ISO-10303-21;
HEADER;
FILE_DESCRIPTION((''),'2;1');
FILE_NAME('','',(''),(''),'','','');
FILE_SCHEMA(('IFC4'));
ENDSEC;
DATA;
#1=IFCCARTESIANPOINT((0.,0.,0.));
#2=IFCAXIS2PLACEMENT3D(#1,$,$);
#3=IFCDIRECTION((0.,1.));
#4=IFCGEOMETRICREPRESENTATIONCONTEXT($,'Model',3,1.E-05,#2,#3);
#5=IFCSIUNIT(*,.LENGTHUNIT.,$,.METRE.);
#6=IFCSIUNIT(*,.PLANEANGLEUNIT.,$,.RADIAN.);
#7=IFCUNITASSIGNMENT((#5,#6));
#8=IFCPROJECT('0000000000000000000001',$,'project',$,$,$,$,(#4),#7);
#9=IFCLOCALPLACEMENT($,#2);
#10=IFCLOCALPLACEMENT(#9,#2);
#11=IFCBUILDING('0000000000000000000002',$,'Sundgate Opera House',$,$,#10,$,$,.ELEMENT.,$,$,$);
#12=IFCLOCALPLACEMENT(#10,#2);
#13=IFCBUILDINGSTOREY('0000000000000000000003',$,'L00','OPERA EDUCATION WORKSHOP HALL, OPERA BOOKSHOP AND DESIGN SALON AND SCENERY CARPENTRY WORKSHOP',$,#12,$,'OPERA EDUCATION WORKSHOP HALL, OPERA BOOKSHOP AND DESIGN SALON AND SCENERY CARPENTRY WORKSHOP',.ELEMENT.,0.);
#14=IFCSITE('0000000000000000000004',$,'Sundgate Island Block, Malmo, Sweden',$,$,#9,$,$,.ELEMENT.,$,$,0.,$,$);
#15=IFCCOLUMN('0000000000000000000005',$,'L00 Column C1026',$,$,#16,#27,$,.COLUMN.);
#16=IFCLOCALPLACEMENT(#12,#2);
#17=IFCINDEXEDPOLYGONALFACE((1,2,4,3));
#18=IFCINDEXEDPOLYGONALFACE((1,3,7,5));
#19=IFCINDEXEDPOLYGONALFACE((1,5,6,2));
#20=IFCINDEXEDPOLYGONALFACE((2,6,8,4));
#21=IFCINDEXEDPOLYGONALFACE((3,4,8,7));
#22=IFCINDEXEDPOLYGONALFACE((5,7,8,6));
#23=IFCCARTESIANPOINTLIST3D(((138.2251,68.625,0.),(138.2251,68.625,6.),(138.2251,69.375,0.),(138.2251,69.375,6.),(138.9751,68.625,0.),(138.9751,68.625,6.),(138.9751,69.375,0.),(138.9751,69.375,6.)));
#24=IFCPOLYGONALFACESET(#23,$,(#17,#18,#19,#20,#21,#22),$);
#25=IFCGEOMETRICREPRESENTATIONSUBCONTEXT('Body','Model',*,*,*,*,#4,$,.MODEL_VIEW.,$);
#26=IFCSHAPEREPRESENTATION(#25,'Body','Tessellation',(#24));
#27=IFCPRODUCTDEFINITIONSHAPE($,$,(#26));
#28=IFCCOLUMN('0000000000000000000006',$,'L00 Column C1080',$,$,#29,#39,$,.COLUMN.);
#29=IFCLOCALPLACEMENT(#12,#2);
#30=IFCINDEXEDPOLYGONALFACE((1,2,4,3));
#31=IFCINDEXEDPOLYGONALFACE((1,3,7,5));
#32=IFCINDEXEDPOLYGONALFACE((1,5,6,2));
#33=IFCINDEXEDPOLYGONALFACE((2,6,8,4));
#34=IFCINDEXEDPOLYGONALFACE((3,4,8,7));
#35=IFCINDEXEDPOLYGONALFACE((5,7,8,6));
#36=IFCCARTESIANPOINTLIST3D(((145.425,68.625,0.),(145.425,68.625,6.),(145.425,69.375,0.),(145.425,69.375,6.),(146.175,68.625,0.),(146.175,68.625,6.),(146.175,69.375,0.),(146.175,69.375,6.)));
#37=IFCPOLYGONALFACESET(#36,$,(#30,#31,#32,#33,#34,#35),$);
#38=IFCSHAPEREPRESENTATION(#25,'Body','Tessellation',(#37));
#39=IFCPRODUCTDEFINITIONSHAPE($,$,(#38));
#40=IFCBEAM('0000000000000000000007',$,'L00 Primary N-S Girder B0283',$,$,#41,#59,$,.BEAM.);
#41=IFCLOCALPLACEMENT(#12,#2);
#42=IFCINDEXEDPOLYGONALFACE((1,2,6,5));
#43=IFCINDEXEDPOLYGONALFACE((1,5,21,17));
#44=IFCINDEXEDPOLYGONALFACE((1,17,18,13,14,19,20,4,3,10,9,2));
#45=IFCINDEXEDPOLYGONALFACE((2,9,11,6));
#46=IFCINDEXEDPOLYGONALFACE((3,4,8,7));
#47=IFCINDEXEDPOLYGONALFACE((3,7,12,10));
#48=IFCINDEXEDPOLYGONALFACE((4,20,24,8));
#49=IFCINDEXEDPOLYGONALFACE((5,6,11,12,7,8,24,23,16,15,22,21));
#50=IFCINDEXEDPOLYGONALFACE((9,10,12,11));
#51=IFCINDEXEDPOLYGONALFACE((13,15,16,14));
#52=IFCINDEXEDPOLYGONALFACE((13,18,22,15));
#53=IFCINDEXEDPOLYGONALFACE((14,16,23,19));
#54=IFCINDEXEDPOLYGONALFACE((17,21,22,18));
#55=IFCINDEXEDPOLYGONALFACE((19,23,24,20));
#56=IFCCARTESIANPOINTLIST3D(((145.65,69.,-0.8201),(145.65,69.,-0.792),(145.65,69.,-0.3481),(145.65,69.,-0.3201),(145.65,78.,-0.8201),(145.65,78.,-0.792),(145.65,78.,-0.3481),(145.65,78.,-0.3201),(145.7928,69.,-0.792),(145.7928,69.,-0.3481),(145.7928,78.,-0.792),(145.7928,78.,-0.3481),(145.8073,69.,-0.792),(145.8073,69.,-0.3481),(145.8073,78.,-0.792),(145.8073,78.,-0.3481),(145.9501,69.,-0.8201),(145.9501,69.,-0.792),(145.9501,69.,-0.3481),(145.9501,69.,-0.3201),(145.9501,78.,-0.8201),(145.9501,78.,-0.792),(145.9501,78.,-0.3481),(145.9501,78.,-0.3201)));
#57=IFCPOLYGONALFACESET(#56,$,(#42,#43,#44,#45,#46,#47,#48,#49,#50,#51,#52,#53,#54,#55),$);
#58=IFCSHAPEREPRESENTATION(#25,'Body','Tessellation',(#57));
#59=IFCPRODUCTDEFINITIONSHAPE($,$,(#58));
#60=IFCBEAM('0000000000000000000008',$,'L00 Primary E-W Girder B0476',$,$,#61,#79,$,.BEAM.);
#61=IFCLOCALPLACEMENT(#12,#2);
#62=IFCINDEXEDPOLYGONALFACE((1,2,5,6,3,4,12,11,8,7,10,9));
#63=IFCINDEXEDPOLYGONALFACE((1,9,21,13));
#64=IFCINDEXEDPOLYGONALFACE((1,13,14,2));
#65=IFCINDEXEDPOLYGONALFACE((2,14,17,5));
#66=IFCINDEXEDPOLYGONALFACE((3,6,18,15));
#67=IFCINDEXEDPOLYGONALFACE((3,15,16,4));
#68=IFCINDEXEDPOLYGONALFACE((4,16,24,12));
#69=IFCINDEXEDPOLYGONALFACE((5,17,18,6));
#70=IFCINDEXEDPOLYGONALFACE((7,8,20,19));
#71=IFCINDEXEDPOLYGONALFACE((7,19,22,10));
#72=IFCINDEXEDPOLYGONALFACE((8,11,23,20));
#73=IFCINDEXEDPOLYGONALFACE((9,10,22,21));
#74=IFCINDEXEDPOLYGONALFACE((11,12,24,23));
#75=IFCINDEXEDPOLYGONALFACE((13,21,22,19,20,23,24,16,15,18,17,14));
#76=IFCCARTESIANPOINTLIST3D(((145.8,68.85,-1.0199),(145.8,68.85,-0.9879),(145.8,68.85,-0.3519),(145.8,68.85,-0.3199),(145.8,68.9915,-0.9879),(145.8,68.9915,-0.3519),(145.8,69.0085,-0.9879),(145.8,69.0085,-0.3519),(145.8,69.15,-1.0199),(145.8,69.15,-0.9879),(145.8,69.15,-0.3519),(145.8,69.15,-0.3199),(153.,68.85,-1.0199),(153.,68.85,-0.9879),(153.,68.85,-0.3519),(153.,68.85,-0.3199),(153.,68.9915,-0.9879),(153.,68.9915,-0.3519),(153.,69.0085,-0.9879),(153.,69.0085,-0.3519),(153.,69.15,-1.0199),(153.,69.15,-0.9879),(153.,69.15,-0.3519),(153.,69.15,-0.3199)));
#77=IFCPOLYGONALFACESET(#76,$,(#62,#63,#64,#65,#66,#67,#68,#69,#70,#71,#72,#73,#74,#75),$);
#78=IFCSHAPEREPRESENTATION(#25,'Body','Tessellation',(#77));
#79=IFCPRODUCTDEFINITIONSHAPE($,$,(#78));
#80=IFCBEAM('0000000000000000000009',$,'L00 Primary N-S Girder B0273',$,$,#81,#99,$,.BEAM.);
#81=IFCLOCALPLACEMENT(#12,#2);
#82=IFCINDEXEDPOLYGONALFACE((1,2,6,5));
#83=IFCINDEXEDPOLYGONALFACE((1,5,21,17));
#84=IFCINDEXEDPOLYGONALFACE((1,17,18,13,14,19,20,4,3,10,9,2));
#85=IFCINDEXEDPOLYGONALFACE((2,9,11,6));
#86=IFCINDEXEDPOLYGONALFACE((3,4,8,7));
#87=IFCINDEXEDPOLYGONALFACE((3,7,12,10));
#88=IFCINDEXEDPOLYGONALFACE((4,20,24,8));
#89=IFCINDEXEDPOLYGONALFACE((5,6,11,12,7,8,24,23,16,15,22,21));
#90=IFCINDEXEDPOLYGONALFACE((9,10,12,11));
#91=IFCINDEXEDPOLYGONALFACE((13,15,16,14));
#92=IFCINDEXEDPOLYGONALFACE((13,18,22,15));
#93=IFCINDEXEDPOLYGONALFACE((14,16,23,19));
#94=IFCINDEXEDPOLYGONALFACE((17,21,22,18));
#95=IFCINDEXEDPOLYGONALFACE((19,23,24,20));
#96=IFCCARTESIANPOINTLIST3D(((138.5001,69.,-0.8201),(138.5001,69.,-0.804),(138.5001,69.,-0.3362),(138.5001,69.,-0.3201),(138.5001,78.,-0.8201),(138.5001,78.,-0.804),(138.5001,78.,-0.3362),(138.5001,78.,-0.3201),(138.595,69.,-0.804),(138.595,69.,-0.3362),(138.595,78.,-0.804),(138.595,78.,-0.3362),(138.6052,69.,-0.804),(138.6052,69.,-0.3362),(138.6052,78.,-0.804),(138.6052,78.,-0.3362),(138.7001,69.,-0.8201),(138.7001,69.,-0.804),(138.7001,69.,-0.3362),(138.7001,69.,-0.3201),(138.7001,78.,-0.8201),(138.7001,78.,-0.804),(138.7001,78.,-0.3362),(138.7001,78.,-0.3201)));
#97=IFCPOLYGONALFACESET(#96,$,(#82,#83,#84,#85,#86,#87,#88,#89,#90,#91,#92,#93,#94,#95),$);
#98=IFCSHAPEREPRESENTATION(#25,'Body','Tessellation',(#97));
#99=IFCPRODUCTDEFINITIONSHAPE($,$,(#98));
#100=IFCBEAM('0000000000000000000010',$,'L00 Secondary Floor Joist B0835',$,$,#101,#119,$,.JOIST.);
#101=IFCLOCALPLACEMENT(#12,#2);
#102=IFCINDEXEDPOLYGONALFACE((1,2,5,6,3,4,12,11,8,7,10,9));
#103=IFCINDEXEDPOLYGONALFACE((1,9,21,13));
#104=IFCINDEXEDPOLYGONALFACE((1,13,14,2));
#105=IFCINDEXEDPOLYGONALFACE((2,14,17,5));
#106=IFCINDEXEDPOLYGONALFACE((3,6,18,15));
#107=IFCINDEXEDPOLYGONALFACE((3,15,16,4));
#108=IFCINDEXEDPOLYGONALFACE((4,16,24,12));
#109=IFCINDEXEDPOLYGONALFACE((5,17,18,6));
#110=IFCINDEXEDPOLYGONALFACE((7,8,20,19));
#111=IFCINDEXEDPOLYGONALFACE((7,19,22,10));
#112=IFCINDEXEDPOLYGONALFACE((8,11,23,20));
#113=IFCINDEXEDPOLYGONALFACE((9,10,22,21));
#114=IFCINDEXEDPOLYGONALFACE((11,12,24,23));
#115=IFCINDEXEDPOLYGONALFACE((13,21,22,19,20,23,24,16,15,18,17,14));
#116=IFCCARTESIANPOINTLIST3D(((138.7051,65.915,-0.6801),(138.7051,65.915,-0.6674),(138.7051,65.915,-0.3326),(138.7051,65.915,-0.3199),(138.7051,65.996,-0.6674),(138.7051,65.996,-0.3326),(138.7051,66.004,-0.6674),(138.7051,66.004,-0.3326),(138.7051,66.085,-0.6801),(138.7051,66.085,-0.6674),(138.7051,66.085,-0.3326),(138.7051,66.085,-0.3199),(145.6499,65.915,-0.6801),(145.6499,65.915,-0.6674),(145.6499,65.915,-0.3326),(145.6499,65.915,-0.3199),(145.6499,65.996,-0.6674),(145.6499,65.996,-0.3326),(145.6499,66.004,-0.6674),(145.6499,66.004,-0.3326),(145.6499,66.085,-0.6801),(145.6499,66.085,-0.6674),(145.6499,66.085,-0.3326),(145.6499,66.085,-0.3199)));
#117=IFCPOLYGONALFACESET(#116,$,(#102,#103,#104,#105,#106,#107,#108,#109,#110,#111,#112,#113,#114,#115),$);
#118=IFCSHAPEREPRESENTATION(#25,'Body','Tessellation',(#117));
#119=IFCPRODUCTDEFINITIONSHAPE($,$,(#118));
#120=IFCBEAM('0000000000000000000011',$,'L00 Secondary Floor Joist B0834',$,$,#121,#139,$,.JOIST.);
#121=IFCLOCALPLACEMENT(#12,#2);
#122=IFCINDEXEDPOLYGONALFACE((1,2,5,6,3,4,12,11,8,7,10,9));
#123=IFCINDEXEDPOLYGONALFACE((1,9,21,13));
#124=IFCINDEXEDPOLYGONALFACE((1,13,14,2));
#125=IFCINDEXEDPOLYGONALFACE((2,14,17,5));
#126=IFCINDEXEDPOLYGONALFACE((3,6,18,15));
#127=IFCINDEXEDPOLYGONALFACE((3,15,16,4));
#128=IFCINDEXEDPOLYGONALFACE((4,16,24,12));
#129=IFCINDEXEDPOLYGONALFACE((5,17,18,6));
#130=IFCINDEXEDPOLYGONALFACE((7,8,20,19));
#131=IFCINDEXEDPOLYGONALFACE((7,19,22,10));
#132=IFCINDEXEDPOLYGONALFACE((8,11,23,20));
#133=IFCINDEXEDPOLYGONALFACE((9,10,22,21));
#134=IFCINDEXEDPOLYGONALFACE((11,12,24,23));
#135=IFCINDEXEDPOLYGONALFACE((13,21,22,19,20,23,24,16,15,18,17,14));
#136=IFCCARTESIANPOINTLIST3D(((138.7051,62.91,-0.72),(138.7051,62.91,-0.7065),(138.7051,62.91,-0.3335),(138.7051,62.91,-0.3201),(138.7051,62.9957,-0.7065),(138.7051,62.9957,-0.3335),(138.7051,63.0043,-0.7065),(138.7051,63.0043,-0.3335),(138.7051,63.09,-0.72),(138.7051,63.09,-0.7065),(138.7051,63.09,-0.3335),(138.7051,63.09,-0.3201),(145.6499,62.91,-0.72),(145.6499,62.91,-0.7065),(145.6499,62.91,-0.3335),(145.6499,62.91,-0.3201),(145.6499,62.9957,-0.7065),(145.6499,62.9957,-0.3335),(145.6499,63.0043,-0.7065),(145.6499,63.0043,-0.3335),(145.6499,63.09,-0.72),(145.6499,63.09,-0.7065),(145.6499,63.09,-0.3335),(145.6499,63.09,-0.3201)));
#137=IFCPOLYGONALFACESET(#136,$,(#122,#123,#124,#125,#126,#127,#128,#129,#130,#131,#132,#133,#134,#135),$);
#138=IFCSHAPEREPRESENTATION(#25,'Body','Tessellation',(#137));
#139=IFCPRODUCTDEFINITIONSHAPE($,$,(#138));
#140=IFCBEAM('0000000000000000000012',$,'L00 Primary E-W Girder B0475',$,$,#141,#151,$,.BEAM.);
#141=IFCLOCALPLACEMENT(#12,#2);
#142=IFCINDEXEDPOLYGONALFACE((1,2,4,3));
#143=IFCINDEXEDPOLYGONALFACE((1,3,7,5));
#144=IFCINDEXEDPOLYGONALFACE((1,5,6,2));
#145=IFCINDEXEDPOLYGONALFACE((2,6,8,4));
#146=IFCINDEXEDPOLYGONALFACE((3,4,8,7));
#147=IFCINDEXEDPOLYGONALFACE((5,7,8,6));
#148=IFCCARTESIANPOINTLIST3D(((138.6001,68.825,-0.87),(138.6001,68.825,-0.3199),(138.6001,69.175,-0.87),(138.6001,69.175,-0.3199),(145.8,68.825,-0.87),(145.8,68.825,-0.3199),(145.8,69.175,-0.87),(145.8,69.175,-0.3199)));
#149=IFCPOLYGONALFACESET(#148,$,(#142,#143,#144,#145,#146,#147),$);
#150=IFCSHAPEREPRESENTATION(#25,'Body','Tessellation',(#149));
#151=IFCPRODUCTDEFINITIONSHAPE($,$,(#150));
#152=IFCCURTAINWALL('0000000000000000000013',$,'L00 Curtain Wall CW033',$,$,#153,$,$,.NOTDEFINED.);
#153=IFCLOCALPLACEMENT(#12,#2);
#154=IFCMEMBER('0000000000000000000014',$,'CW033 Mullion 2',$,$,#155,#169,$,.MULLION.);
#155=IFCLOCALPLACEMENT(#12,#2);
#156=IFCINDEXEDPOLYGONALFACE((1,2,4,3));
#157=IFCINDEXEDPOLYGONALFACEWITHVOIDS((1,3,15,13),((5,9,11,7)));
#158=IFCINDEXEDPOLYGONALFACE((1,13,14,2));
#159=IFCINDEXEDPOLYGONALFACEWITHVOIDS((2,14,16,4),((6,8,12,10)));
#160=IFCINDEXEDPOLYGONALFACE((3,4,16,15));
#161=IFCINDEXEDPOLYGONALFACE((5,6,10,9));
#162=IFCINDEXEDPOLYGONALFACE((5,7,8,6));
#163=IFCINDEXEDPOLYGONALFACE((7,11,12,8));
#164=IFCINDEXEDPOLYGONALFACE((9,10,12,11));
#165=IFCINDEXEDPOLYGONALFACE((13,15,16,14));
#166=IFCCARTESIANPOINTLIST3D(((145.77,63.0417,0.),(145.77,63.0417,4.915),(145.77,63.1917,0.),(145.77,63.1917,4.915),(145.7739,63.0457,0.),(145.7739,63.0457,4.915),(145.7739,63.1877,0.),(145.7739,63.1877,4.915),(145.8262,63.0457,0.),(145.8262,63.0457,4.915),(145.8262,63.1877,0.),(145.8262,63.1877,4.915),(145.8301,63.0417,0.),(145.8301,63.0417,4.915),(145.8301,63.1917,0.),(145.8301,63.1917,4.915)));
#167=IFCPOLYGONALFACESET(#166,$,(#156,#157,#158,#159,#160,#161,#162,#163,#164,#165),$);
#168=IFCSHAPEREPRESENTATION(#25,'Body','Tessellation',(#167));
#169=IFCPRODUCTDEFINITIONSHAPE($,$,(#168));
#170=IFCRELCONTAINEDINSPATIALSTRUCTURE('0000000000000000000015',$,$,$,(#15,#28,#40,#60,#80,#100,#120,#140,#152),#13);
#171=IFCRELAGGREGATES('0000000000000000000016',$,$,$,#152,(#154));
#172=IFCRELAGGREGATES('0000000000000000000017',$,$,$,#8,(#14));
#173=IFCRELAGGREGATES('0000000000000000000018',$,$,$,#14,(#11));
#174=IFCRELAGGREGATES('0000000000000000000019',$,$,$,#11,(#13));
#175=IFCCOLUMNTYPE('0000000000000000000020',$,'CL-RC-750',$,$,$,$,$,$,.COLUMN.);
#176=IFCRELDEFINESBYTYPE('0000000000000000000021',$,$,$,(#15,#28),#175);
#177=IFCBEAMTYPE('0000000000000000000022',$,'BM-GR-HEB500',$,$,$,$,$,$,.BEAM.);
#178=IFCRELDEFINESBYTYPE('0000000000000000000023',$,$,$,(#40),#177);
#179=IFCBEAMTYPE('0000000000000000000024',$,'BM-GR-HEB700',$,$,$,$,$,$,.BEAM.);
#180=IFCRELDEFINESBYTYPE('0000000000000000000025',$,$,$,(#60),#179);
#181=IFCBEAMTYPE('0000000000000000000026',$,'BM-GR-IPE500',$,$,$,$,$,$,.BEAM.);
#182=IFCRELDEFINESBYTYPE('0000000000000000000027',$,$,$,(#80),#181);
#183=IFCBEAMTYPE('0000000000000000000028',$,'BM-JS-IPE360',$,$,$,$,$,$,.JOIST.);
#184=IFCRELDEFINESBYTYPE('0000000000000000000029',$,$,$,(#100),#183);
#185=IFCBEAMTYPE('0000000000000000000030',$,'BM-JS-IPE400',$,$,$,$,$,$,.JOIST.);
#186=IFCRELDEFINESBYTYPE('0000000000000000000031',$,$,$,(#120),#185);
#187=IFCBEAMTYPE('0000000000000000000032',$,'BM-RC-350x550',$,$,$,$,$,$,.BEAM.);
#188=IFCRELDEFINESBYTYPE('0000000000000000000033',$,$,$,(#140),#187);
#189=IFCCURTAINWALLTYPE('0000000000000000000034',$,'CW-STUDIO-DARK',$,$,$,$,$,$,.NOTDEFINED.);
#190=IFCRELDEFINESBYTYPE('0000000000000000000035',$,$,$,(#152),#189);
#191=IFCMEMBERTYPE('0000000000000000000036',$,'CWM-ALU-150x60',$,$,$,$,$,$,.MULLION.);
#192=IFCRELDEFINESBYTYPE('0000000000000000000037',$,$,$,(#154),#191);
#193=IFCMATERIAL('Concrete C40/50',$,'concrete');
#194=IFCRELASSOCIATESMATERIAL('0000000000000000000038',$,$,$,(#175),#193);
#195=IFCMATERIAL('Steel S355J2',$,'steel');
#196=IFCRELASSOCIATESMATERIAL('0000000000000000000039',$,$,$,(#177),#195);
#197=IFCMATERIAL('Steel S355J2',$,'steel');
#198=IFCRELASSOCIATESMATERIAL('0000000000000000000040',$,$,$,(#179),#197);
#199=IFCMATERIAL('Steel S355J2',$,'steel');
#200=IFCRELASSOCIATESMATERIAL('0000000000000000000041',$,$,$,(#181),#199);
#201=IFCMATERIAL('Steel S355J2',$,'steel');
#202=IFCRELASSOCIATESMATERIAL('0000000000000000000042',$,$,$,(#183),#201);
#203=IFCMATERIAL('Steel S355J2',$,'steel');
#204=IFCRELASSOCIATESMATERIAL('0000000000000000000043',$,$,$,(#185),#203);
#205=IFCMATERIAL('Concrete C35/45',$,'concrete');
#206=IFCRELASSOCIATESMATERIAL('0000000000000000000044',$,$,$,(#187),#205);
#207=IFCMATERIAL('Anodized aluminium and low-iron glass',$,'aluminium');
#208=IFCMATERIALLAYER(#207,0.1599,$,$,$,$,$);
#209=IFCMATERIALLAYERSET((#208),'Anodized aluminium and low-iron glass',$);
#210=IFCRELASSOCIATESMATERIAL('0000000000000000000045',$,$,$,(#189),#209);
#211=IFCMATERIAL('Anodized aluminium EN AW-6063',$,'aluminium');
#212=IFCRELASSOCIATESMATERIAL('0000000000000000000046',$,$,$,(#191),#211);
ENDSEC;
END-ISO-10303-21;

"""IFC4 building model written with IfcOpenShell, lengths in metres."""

from ifc_helpers import new_model, si_unit, direction, frame, origin, origin_2d, place, context, subcontext, project, spatial, rectangle, hollow_rectangle, i_section, extrude, material, layer, layer_set, material_profile, profile_set, type_object, element, aggregate, save


model = new_model("IFC4")

# Units and contexts
model_context = context("Model", 3, precision=1e-05, world=origin(), true_north=direction((0.0, 1.0)))
body_context = subcontext(model_context, "Body", "Model", "MODEL_VIEW")
ifc_project = project(units=[si_unit("LENGTHUNIT", "METRE"), si_unit("PLANEANGLEUNIT", "RADIAN")], contexts=[model_context])

# Site, building, storey
site_placement = place(None, origin())
site = spatial("IfcSite", under=ifc_project, at=site_placement, Name="Sundgate Island Block, Malmo, Sweden", CompositionType="ELEMENT", RefElevation=0.0)
building_placement = place(site_placement, origin())
building = spatial("IfcBuilding", under=site, at=building_placement, Name="Sundgate Opera House", CompositionType="ELEMENT")
storey_placement = place(building_placement, origin())
storey = spatial("IfcBuildingStorey", under=building, at=storey_placement, Name="L00", Description="OPERA EDUCATION WORKSHOP HALL, OPERA BOOKSHOP AND DESIGN SALON AND SCENERY CARPENTRY WORKSHOP", LongName="OPERA EDUCATION WORKSHOP HALL, OPERA BOOKSHOP AND DESIGN SALON AND SCENERY CARPENTRY WORKSHOP", CompositionType="ELEMENT", Elevation=0.0)

# Columns
ifc_material_1 = material(Name="Concrete C40/50", Category="concrete")
ifc_material_profile_1 = material_profile(ifc_material_1, rectangle(XDim=0.75, YDim=0.75, at=origin_2d()), Name="RC 750x750")
ifc_profile_set_1 = profile_set([ifc_material_profile_1], Name="Concrete C40/50")
column_type = type_object("IfcColumnType", Name="CL-RC-750", PredefinedType="COLUMN", material=ifc_profile_set_1)
for number, where, z_axis, x_axis, name in (
    (1, (138.6001, 69.0, 0.0), (0.0, 0.0, 1.0), (1.0, 0.0, 0.0), "L00 Column C1026"),
    (2, (145.8, 69.0, 0.0), (0.0, 0.0, 1.0), (1.0, 0.0, 0.0), "L00 Column C1080"),
):
    element("IfcColumn", number, at=place(storey_placement, frame(where, z_axis=z_axis, x_axis=x_axis)), inside=storey, type_object=column_type, Name=name, PredefinedType="COLUMN", context=body_context, shape_type="SweptSolid", body=[
        extrude(rectangle(XDim=0.75, YDim=0.75, at=origin_2d()), origin(), (0.0, 0.0, 1.0), 6.0),
    ])

# Beams
ifc_material_2 = material(Name="Steel S355J2", Category="steel")
ifc_material_profile_2 = material_profile(ifc_material_2, i_section(OverallWidth=0.3, OverallDepth=0.5, WebThickness=0.0144, FlangeThickness=0.0281, at=origin_2d()), Name="HEB 500")
ifc_profile_set_2 = profile_set([ifc_material_profile_2], Name="Steel S355J2")
beam_type_1 = type_object("IfcBeamType", Name="BM-GR-HEB500", PredefinedType="BEAM", material=ifc_profile_set_2)
beam_1_placement = place(storey_placement, frame((145.8, 69.0, -0.5701), z_axis=(0.0, 1.0, 0.0), x_axis=(-1.0, 0.0, 0.0)))
element("IfcBeam", 3, at=beam_1_placement, inside=storey, type_object=beam_type_1, Name="L00 Primary N-S Girder B0283", PredefinedType="BEAM", context=body_context, shape_type="SweptSolid", body=[
    extrude(i_section(OverallWidth=0.3, OverallDepth=0.5, WebThickness=0.0144, FlangeThickness=0.0281, at=origin_2d()), origin(), (0.0, 0.0, 1.0), 9.0),
])
ifc_material_3 = material(Name="Steel S355J2", Category="steel")
ifc_material_profile_3 = material_profile(ifc_material_3, i_section(OverallWidth=0.3, OverallDepth=0.7, WebThickness=0.0171, FlangeThickness=0.032, at=origin_2d()), Name="HEB 700")
ifc_profile_set_3 = profile_set([ifc_material_profile_3], Name="Steel S355J2")
beam_type_2 = type_object("IfcBeamType", Name="BM-GR-HEB700", PredefinedType="BEAM", material=ifc_profile_set_3)
beam_2_placement = place(storey_placement, frame((145.8, 69.0, -0.6699), z_axis=(1.0, 0.0, 0.0), x_axis=(0.0, 1.0, 0.0)))
element("IfcBeam", 4, at=beam_2_placement, inside=storey, type_object=beam_type_2, Name="L00 Primary E-W Girder B0476", PredefinedType="BEAM", context=body_context, shape_type="SweptSolid", body=[
    extrude(i_section(OverallWidth=0.3, OverallDepth=0.7, WebThickness=0.0171, FlangeThickness=0.032, at=origin_2d()), origin(), (0.0, 0.0, 1.0), 7.2),
])
ifc_material_4 = material(Name="Steel S355J2", Category="steel")
ifc_material_profile_4 = material_profile(ifc_material_4, i_section(OverallWidth=0.2, OverallDepth=0.5, WebThickness=0.0103, FlangeThickness=0.0161, at=origin_2d()), Name="IPE 500")
ifc_profile_set_4 = profile_set([ifc_material_profile_4], Name="Steel S355J2")
beam_type_3 = type_object("IfcBeamType", Name="BM-GR-IPE500", PredefinedType="BEAM", material=ifc_profile_set_4)
beam_3_placement = place(storey_placement, frame((138.6001, 69.0, -0.5701), z_axis=(0.0, 1.0, 0.0), x_axis=(-1.0, 0.0, 0.0)))
element("IfcBeam", 5, at=beam_3_placement, inside=storey, type_object=beam_type_3, Name="L00 Primary N-S Girder B0273", PredefinedType="BEAM", context=body_context, shape_type="SweptSolid", body=[
    extrude(i_section(OverallWidth=0.2, OverallDepth=0.5, WebThickness=0.0103, FlangeThickness=0.0161, at=origin_2d()), origin(), (0.0, 0.0, 1.0), 9.0),
])
ifc_material_5 = material(Name="Steel S355J2", Category="steel")
ifc_material_profile_5 = material_profile(ifc_material_5, i_section(OverallWidth=0.1699, OverallDepth=0.3601, WebThickness=0.0081, FlangeThickness=0.0127, at=origin_2d()), Name="IPE 360")
ifc_profile_set_5 = profile_set([ifc_material_profile_5], Name="Steel S355J2")
beam_type_4 = type_object("IfcBeamType", Name="BM-JS-IPE360", PredefinedType="JOIST", material=ifc_profile_set_5)
beam_4_placement = place(storey_placement, frame((138.7051, 66.0, -0.5), z_axis=(1.0, 0.0, 0.0), x_axis=(0.0, 1.0, 0.0)))
element("IfcBeam", 6, at=beam_4_placement, inside=storey, type_object=beam_type_4, Name="L00 Secondary Floor Joist B0835", PredefinedType="JOIST", context=body_context, shape_type="SweptSolid", body=[
    extrude(i_section(OverallWidth=0.1699, OverallDepth=0.3601, WebThickness=0.0081, FlangeThickness=0.0127, at=origin_2d()), origin(), (0.0, 0.0, 1.0), 6.9448),
])
ifc_material_6 = material(Name="Steel S355J2", Category="steel")
ifc_material_profile_6 = material_profile(ifc_material_6, i_section(OverallWidth=0.1799, OverallDepth=0.3999, WebThickness=0.0085, FlangeThickness=0.0134, at=origin_2d()), Name="IPE 400")
ifc_profile_set_6 = profile_set([ifc_material_profile_6], Name="Steel S355J2")
beam_type_5 = type_object("IfcBeamType", Name="BM-JS-IPE400", PredefinedType="JOIST", material=ifc_profile_set_6)
beam_5_placement = place(storey_placement, frame((138.7051, 63.0, -0.52), z_axis=(1.0, 0.0, 0.0), x_axis=(0.0, 1.0, 0.0)))
element("IfcBeam", 7, at=beam_5_placement, inside=storey, type_object=beam_type_5, Name="L00 Secondary Floor Joist B0834", PredefinedType="JOIST", context=body_context, shape_type="SweptSolid", body=[
    extrude(i_section(OverallWidth=0.1799, OverallDepth=0.3999, WebThickness=0.0085, FlangeThickness=0.0134, at=origin_2d()), origin(), (0.0, 0.0, 1.0), 6.9448),
])
ifc_material_7 = material(Name="Concrete C35/45", Category="concrete")
ifc_material_profile_7 = material_profile(ifc_material_7, rectangle(XDim=0.3501, YDim=0.55, at=origin_2d()), Name="RC 350x550")
ifc_profile_set_7 = profile_set([ifc_material_profile_7], Name="Concrete C35/45")
beam_type_6 = type_object("IfcBeamType", Name="BM-RC-350x550", PredefinedType="BEAM", material=ifc_profile_set_7)
beam_6_placement = place(storey_placement, frame((138.6001, 69.0, -0.595), z_axis=(1.0, 0.0, 0.0), x_axis=(0.0, 1.0, 0.0)))
element("IfcBeam", 8, at=beam_6_placement, inside=storey, type_object=beam_type_6, Name="L00 Primary E-W Girder B0475", PredefinedType="BEAM", context=body_context, shape_type="SweptSolid", body=[
    extrude(rectangle(XDim=0.3501, YDim=0.55, at=origin_2d()), origin(), (0.0, 0.0, 1.0), 7.2),
])

# Curtain wall, member
ifc_material_8 = material(Name="Anodized aluminium and low-iron glass", Category="aluminium")
ifc_layer_1 = layer(ifc_material_8, 0.1599)
ifc_layer_set_1 = layer_set([ifc_layer_1], Name="Anodized aluminium and low-iron glass")
curtain_wall_type = type_object("IfcCurtainWallType", Name="CW-STUDIO-DARK", PredefinedType="NOTDEFINED", material=ifc_layer_set_1)
curtain_wall_placement = place(storey_placement, origin())
curtain_wall = element("IfcCurtainWall", 9, at=curtain_wall_placement, inside=storey, type_object=curtain_wall_type, Name="L00 Curtain Wall CW033", PredefinedType="NOTDEFINED")
ifc_material_9 = material(Name="Anodized aluminium EN AW-6063", Category="aluminium")
ifc_material_profile_8 = material_profile(ifc_material_9, hollow_rectangle(XDim=0.0601, YDim=0.1499, WallThickness=0.0039, at=origin_2d()), Name="CWM 150x60x4")
ifc_profile_set_8 = profile_set([ifc_material_profile_8], Name="Anodized aluminium EN AW-6063")
member_type_1 = type_object("IfcMemberType", Name="CWM-ALU-150x60", PredefinedType="MULLION", material=ifc_profile_set_8)
member_1_placement = place(storey_placement, frame((145.8, 63.1167, 0.0), z_axis=(0.0, 0.0, 1.0), x_axis=(1.0, 0.0, 0.0)))
member_1 = element("IfcMember", 10, at=member_1_placement, type_object=member_type_1, Name="CW033 Mullion 2", PredefinedType="MULLION", context=body_context, shape_type="SweptSolid", body=[
    extrude(hollow_rectangle(XDim=0.0601, YDim=0.1499, WallThickness=0.0039, at=origin_2d()), origin(), (0.0, 0.0, 1.0), 4.915),
])
aggregate(curtain_wall, [member_1])

save(model, "model.ifc")
